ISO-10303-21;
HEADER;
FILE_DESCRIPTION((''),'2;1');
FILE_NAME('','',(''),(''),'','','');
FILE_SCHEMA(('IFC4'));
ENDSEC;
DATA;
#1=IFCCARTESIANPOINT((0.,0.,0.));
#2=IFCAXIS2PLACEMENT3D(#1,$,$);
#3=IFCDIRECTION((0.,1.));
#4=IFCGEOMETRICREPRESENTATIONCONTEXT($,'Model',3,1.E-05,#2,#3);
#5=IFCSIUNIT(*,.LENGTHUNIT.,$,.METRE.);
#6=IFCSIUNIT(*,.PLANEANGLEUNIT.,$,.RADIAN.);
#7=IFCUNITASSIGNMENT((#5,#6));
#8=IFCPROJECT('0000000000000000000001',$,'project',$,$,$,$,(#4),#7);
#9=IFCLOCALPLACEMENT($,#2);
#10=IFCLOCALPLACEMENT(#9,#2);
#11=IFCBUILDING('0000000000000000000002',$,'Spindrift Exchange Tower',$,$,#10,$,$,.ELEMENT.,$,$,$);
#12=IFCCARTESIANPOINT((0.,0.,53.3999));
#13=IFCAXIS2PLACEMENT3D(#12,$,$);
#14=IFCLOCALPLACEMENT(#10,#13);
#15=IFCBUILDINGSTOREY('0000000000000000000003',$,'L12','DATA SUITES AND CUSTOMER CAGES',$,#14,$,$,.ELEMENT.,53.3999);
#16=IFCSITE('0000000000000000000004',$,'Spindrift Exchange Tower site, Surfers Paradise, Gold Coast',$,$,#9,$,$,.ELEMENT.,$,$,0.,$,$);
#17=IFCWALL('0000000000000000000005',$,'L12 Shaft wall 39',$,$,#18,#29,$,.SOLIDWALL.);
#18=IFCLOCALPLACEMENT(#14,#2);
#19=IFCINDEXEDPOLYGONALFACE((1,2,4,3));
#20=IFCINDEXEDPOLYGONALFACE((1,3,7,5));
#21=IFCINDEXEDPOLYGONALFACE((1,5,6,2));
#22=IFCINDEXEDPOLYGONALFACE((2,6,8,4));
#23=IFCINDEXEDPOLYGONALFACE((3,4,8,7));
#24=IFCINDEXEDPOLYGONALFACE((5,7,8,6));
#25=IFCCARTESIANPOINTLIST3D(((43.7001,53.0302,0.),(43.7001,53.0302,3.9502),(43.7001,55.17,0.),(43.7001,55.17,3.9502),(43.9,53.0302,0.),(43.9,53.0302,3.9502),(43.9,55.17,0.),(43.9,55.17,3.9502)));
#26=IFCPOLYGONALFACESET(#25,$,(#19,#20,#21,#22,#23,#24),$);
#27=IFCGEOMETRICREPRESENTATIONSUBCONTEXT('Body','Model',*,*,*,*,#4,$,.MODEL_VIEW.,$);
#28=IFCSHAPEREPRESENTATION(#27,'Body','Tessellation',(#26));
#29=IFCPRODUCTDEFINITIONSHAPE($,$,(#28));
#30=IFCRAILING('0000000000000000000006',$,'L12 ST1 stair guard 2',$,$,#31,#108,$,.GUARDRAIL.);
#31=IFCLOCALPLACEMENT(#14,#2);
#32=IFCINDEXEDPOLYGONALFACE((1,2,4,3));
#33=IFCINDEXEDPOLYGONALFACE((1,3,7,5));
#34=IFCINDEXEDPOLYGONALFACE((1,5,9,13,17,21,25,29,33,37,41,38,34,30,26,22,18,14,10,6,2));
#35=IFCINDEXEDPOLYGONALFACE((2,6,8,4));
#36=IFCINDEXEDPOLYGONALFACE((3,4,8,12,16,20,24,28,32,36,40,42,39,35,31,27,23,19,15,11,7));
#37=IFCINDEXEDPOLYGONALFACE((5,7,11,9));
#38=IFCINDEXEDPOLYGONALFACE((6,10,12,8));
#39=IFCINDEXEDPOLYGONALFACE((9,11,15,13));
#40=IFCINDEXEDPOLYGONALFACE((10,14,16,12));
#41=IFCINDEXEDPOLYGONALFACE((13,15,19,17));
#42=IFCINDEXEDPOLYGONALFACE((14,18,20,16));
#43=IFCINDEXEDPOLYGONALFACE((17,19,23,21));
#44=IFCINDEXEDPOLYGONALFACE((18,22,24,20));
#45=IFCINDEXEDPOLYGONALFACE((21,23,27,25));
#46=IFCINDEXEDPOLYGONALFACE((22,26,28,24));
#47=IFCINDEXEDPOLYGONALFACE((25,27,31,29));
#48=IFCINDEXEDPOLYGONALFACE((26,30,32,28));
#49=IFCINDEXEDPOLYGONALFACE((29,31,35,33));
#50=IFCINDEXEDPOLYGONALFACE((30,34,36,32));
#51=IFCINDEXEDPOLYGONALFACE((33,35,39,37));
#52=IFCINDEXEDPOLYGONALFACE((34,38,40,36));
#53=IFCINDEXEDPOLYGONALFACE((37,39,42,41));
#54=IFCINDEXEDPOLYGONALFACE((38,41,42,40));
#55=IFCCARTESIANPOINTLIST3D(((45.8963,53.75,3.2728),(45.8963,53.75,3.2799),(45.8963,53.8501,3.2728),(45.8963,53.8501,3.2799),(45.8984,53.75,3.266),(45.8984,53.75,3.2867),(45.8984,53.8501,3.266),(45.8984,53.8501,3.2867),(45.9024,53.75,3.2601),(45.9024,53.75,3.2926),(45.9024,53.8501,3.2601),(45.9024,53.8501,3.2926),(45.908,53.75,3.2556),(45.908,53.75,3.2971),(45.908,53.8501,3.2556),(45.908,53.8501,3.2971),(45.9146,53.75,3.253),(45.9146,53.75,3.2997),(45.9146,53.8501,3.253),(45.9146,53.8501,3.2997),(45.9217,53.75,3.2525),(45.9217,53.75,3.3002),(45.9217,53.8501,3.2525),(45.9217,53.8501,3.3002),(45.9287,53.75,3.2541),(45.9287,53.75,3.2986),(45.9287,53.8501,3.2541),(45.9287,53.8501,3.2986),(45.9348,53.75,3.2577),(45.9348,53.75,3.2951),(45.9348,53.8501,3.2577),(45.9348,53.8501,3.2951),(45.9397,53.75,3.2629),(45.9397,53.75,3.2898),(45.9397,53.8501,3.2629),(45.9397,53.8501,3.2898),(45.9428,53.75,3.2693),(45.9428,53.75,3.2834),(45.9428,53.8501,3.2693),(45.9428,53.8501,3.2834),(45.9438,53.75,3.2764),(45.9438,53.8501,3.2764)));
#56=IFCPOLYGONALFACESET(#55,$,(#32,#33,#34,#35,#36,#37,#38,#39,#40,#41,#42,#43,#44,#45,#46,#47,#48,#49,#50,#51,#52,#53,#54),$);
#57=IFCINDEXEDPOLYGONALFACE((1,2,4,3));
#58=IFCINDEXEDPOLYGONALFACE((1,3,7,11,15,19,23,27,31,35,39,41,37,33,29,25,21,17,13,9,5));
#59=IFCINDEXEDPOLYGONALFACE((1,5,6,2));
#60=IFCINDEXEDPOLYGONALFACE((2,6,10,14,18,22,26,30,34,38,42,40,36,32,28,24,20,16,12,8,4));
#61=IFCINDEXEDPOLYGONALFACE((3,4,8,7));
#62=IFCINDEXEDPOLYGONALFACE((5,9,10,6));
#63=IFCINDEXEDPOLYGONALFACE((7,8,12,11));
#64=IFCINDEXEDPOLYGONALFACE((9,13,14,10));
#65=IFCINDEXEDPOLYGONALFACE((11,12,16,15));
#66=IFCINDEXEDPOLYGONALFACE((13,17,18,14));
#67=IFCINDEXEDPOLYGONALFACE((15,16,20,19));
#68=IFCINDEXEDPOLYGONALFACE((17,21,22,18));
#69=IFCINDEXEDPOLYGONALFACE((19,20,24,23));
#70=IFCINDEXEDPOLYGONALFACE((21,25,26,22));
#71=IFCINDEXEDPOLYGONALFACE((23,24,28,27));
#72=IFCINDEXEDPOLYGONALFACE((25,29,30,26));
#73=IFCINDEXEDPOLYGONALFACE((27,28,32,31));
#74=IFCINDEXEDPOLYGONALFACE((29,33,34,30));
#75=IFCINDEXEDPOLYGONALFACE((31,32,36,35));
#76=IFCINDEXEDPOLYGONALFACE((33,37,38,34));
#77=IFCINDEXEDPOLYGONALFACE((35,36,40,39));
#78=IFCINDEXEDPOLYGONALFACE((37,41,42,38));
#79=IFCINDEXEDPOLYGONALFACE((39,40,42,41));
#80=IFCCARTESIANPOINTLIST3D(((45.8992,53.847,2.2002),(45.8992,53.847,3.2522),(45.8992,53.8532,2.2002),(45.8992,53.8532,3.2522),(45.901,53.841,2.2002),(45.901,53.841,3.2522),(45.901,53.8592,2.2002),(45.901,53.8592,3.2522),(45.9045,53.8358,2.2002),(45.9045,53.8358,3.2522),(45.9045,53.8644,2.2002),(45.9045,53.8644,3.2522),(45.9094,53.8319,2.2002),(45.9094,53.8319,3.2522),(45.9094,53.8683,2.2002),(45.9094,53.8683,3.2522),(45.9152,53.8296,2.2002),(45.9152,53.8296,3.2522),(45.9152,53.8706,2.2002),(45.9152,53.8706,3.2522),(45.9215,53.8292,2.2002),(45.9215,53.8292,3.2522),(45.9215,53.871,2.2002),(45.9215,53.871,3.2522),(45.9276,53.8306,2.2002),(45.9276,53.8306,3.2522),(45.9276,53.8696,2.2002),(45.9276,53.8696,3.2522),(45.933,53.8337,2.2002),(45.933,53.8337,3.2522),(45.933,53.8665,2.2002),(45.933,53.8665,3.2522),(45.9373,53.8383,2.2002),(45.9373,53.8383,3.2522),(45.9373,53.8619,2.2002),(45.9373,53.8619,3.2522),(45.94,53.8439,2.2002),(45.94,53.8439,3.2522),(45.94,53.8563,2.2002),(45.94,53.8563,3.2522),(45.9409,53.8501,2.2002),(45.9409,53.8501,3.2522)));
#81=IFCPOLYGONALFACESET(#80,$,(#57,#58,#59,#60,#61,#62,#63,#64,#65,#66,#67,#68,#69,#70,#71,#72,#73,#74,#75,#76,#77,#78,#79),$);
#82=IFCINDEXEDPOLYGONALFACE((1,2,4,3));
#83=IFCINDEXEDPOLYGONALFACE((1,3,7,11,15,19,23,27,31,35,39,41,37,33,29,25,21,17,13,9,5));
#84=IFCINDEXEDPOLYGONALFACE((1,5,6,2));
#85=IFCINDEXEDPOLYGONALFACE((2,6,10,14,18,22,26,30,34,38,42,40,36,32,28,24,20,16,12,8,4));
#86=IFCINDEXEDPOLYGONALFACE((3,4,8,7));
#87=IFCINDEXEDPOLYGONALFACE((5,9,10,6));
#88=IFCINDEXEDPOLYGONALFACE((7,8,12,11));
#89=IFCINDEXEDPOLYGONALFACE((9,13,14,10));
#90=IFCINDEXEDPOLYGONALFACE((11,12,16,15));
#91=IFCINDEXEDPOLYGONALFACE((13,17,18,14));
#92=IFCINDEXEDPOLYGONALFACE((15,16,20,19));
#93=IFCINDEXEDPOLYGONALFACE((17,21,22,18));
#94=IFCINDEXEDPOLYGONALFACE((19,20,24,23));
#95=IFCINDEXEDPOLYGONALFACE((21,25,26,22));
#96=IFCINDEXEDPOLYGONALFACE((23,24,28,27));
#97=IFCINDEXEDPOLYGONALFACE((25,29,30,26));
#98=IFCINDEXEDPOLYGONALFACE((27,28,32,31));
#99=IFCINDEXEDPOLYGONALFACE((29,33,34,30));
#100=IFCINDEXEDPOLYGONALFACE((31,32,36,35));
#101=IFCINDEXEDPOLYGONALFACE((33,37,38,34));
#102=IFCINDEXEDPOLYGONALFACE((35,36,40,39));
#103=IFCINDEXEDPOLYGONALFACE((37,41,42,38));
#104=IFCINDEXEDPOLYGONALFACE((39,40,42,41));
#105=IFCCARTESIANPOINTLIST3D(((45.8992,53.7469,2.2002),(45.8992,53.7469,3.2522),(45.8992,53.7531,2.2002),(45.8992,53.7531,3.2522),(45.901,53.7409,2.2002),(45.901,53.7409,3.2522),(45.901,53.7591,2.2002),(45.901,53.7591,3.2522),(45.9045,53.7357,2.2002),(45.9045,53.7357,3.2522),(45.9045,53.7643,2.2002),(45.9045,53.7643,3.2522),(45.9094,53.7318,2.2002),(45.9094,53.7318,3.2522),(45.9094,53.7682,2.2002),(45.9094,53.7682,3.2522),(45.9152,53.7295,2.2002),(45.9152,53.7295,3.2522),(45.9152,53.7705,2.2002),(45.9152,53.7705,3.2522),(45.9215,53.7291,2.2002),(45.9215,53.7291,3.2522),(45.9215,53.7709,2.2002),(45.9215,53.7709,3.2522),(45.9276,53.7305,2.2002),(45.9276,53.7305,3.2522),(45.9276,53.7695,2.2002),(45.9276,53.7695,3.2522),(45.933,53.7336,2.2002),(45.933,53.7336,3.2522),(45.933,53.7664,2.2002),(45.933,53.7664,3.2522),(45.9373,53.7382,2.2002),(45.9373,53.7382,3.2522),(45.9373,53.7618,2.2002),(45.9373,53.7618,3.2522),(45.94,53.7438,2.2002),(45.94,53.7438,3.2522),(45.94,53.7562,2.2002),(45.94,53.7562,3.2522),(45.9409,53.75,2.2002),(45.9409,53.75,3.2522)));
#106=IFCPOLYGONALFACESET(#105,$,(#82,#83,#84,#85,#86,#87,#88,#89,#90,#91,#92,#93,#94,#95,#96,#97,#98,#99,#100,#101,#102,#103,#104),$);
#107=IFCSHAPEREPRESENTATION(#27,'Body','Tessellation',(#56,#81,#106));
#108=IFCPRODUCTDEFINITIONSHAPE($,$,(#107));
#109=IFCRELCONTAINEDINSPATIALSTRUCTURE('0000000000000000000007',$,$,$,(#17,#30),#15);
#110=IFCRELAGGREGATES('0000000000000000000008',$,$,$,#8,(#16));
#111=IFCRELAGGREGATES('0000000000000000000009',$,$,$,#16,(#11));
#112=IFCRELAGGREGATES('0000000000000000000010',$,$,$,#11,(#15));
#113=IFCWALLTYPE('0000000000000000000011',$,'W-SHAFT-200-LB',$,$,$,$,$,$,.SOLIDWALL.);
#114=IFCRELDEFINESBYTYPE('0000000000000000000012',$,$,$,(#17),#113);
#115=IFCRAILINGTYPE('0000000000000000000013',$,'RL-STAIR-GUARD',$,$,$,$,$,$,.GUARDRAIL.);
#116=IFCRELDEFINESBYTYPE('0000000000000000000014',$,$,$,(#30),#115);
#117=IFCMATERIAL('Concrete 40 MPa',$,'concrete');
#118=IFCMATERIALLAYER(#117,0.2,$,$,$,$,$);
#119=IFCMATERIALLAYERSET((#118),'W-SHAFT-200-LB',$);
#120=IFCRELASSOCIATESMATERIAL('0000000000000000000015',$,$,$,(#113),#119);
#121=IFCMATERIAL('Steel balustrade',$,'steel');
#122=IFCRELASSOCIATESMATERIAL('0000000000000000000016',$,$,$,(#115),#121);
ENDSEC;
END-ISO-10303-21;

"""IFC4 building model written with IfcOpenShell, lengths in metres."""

from ifc_helpers import new_model, si_unit, direction, frame, frame_2d, origin, origin_2d, place, context, subcontext, project, spatial, rectangle, circle, extrude, material, layer, layer_set, type_object, element, save


model = new_model("IFC4")

# Units and contexts
model_context = context("Model", 3, precision=1e-05, world=origin(), true_north=direction((0.0, 1.0)))
body_context = subcontext(model_context, "Body", "Model", "MODEL_VIEW")
ifc_project = project(units=[si_unit("LENGTHUNIT", "METRE"), si_unit("PLANEANGLEUNIT", "RADIAN")], contexts=[model_context])

# Site, building, storey
site_placement = place(None, origin())
site = spatial("IfcSite", under=ifc_project, at=site_placement, Name="Spindrift Exchange Tower site, Surfers Paradise, Gold Coast", CompositionType="ELEMENT", RefElevation=0.0)
building_placement = place(site_placement, origin())
building = spatial("IfcBuilding", under=site, at=building_placement, Name="Spindrift Exchange Tower", CompositionType="ELEMENT")
storey_placement = place(building_placement, frame((0.0, 0.0, 53.3999)))
storey = spatial("IfcBuildingStorey", under=building, at=storey_placement, Name="L12", Description="DATA SUITES AND CUSTOMER CAGES", CompositionType="ELEMENT", Elevation=53.3999)

# Wall
ifc_material_1 = material(Name="Concrete 40 MPa", Category="concrete")
ifc_layer_1 = layer(ifc_material_1, 0.2)
ifc_layer_set_1 = layer_set([ifc_layer_1], Name="W-SHAFT-200-LB")
wall_type_1 = type_object("IfcWallType", Name="W-SHAFT-200-LB", PredefinedType="SOLIDWALL", material=ifc_layer_set_1)
wall_1_placement = place(storey_placement, frame((43.8, 55.1699, 0.0), z_axis=(0.0, 0.0, 1.0), x_axis=(0.0, -1.0, 0.0)))
element("IfcWall", 1, at=wall_1_placement, inside=storey, type_object=wall_type_1, Name="L12 Shaft wall 39", PredefinedType="SOLIDWALL", context=body_context, shape_type="SweptSolid", body=[
    extrude(rectangle(XDim=2.1399, YDim=0.2, at=frame_2d((1.0698, 0.0))), origin(), (0.0, 0.0, 1.0), 3.9502),
])

# Railing
ifc_material_2 = material(Name="Steel balustrade", Category="steel")
railing_type_1 = type_object("IfcRailingType", Name="RL-STAIR-GUARD", PredefinedType="GUARDRAIL", material=ifc_material_2)
railing_1_placement = place(storey_placement, frame((45.9199, 53.8501, 2.2002)))
element("IfcRailing", 2, at=railing_1_placement, inside=storey, type_object=railing_type_1, Name="L12 ST1 stair guard 2", PredefinedType="GUARDRAIL", context=body_context, shape_type="SweptSolid", body=[
    extrude(circle(Radius=0.0239, at=origin_2d()), frame((0.0, 0.0, 1.0762), z_axis=(0.0, -1.0, 0.0), x_axis=(1.0, 0.0, 0.0)), (0.0, 0.0, 1.0), 0.1001),
    extrude(circle(Radius=0.021, at=origin_2d()), origin(), (0.0, 0.0, 1.0), 1.052),
    extrude(circle(Radius=0.021, at=origin_2d()), frame((0.0, -0.1001, 0.0)), (0.0, 0.0, 1.0), 1.052),
])

save(model, "model.ifc")
